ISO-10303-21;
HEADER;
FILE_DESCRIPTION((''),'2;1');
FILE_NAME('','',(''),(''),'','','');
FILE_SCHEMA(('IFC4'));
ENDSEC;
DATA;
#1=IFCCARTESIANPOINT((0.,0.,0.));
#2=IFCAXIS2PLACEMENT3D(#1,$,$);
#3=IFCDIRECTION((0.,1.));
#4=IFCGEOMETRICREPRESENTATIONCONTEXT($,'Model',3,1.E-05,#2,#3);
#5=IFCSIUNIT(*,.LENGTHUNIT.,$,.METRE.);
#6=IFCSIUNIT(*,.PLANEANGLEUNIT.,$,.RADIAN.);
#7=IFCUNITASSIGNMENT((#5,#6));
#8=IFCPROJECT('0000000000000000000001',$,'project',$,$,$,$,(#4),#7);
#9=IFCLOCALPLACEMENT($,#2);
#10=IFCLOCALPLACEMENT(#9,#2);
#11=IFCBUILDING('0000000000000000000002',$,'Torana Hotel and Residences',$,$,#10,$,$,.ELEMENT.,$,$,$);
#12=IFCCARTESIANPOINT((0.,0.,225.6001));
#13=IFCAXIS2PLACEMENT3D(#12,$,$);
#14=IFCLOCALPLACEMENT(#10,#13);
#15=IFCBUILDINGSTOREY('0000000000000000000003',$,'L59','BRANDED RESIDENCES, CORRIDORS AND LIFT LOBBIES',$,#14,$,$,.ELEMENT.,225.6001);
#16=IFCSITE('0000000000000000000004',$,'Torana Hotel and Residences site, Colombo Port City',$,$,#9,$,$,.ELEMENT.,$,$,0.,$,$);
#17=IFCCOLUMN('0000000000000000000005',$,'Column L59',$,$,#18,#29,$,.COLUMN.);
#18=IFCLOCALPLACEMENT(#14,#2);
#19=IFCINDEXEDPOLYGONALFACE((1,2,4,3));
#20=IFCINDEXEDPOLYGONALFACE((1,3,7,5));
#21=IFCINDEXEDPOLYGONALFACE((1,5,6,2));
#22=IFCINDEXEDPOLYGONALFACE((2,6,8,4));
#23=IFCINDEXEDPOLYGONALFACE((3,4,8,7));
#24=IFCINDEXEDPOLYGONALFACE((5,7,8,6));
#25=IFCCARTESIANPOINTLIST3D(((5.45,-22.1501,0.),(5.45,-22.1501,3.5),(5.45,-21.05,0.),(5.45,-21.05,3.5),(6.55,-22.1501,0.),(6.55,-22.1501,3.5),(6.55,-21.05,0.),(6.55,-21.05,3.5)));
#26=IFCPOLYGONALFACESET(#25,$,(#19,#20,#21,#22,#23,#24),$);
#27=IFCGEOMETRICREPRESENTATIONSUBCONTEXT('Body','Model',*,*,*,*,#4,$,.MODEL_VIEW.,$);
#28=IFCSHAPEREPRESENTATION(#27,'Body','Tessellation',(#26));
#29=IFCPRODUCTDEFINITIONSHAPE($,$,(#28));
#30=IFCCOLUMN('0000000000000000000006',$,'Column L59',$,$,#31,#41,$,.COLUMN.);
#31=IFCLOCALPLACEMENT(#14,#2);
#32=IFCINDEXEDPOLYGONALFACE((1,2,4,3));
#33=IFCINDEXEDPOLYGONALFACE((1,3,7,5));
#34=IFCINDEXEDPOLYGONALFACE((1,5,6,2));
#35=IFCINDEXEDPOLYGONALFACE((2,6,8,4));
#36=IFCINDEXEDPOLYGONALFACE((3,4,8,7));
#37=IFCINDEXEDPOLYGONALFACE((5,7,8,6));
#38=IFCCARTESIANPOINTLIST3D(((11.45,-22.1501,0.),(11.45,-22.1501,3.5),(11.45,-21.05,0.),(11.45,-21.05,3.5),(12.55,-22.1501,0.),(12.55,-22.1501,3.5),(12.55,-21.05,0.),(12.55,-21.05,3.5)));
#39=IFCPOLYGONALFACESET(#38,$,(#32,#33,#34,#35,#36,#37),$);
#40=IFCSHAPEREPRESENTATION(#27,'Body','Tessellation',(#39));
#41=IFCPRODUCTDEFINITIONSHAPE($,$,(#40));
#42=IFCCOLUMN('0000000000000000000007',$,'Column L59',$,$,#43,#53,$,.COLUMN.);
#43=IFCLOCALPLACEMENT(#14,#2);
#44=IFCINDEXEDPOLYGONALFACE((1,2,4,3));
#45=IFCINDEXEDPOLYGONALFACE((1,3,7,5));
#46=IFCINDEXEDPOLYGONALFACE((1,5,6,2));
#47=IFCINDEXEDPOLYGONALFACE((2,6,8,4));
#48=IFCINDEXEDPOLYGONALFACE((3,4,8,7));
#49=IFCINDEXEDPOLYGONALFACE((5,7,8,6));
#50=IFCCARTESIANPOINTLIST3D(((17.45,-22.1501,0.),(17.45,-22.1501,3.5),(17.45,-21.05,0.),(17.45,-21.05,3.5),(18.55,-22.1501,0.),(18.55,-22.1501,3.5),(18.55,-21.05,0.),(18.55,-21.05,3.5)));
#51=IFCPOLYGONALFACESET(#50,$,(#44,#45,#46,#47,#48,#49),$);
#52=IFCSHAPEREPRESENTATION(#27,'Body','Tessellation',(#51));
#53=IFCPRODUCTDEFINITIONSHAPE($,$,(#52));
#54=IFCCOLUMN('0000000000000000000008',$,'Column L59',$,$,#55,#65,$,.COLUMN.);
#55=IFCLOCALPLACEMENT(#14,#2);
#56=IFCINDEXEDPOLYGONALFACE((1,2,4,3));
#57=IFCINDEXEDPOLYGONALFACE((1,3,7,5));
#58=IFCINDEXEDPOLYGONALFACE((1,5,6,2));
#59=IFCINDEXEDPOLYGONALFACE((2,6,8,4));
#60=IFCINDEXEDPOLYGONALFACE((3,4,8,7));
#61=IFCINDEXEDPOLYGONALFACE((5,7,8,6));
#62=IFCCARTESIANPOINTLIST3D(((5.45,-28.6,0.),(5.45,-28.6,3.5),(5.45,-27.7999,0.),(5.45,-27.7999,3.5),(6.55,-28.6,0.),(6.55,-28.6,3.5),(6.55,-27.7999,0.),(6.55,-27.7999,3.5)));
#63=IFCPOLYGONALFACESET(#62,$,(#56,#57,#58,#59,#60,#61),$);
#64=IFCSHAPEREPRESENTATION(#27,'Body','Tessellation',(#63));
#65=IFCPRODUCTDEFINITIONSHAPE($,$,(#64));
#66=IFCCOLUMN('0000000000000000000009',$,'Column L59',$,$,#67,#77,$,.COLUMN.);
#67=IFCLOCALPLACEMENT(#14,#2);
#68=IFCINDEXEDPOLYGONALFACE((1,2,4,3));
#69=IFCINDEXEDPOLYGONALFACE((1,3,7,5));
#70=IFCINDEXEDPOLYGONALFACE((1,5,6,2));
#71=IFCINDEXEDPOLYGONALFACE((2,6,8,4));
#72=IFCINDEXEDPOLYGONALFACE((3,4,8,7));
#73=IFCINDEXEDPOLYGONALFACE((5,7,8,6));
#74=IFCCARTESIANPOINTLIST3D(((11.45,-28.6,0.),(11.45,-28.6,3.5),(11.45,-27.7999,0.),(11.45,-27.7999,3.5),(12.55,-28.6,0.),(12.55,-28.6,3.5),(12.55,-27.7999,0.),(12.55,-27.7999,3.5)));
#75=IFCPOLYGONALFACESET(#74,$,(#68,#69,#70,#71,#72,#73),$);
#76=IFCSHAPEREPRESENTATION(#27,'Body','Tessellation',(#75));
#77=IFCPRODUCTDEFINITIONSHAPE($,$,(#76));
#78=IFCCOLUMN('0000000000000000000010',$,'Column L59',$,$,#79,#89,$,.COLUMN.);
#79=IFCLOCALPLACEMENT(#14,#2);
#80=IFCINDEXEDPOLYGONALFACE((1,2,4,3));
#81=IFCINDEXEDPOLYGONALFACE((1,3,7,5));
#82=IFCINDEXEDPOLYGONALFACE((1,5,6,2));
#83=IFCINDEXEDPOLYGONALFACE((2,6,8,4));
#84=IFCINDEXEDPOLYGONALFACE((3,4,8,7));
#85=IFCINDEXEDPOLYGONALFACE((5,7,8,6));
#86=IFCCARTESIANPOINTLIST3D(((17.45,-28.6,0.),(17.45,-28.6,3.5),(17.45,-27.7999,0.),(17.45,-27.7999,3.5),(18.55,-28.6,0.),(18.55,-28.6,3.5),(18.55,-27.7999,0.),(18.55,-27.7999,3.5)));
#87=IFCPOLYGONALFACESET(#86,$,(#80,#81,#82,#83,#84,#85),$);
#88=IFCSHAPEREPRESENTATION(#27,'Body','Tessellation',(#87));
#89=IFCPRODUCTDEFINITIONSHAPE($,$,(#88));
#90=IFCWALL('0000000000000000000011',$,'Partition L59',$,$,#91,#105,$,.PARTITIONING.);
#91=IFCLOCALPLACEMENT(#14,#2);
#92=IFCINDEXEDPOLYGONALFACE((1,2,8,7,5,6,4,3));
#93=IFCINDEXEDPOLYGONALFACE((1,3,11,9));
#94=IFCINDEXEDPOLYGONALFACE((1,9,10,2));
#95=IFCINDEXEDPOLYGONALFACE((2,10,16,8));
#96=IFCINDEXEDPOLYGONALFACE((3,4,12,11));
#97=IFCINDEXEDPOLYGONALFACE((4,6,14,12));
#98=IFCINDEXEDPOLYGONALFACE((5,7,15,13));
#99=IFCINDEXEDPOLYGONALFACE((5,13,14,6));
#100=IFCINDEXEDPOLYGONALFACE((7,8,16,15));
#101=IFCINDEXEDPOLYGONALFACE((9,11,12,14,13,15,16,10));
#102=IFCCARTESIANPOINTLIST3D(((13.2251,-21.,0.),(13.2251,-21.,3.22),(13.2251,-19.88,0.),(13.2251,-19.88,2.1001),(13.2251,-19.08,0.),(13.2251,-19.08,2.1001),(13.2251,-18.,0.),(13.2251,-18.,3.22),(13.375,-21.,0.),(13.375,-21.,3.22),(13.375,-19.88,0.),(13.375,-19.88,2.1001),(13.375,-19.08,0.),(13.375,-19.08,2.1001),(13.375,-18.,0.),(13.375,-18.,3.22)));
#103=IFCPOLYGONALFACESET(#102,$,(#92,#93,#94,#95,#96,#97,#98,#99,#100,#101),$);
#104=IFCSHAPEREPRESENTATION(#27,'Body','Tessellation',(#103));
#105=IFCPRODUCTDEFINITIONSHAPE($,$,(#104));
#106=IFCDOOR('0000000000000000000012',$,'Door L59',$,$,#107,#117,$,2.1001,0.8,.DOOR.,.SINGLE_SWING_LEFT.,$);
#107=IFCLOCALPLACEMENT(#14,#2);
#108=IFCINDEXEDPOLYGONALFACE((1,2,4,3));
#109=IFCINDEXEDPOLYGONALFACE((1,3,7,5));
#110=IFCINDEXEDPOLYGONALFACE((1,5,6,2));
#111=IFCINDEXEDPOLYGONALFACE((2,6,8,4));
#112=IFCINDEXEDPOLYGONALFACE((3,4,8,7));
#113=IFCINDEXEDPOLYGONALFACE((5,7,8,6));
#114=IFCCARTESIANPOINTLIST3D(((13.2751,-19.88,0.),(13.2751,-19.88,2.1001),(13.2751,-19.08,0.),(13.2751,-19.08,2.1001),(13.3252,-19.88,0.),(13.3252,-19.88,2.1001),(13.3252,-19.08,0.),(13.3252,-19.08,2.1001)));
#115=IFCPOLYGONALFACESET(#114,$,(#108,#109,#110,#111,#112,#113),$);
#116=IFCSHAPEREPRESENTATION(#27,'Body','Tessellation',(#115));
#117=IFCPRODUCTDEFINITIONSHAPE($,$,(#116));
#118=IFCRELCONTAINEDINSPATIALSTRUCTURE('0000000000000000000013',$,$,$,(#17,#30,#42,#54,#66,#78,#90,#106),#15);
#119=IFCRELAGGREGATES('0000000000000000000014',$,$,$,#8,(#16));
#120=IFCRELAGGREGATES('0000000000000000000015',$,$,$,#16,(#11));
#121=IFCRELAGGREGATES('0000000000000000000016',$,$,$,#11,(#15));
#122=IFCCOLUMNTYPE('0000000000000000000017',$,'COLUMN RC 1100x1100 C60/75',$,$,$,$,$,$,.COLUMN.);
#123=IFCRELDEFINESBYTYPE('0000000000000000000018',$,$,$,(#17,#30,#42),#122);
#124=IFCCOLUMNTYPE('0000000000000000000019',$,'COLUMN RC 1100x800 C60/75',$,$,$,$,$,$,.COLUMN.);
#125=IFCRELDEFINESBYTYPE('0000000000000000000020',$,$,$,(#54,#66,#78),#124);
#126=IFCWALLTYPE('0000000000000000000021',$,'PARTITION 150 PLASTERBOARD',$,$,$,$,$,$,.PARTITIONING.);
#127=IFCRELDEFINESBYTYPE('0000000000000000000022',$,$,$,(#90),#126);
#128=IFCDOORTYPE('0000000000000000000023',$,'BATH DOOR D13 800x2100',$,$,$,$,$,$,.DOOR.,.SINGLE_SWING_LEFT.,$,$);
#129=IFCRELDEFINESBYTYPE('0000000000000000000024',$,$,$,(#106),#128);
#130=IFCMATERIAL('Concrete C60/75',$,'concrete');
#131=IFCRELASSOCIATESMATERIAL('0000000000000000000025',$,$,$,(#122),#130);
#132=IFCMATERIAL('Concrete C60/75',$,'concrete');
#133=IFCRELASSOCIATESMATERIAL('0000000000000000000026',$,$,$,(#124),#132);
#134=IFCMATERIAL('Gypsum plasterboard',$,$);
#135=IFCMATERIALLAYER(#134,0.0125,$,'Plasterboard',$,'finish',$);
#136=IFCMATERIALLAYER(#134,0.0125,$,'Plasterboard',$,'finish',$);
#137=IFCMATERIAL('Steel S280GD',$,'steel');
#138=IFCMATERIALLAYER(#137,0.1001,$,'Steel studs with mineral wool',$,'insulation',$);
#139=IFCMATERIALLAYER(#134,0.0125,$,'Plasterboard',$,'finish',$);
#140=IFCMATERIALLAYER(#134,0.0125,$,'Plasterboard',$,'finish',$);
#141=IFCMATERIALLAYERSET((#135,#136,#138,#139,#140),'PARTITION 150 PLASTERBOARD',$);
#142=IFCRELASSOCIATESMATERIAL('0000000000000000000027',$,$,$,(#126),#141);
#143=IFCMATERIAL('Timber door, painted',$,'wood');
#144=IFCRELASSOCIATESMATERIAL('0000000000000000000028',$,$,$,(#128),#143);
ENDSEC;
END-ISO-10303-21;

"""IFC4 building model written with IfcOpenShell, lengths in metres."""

from ifc_helpers import new_model, si_unit, direction, frame, frame_2d, origin, origin_2d, place, context, subcontext, project, spatial, rectangle, extrude, material, layer, layer_set, material_profile, profile_set, type_object, element, fill, save


model = new_model("IFC4")

# Units and contexts
model_context = context("Model", 3, precision=1e-05, world=origin(), true_north=direction((0.0, 1.0)))
body_context = subcontext(model_context, "Body", "Model", "MODEL_VIEW")
ifc_project = project(units=[si_unit("LENGTHUNIT", "METRE"), si_unit("PLANEANGLEUNIT", "RADIAN")], contexts=[model_context])

# Site, building, storey
site_placement = place(None, origin())
site = spatial("IfcSite", under=ifc_project, at=site_placement, Name="Torana Hotel and Residences site, Colombo Port City", CompositionType="ELEMENT", RefElevation=0.0)
building_placement = place(site_placement, origin())
building = spatial("IfcBuilding", under=site, at=building_placement, Name="Torana Hotel and Residences", CompositionType="ELEMENT")
storey_placement = place(building_placement, frame((0.0, 0.0, 225.6001)))
storey = spatial("IfcBuildingStorey", under=building, at=storey_placement, Name="L59", Description="BRANDED RESIDENCES, CORRIDORS AND LIFT LOBBIES", CompositionType="ELEMENT", Elevation=225.6001)

# Columns
ifc_material_1 = material(Name="Concrete C60/75", Category="concrete")
ifc_material_profile_1 = material_profile(ifc_material_1, rectangle(XDim=1.1001, YDim=1.1001, at=origin_2d()), Name="RC 1100x1100")
ifc_profile_set_1 = profile_set([ifc_material_profile_1], Name="Concrete C60/75")
column_type_1 = type_object("IfcColumnType", Name="COLUMN RC 1100x1100 C60/75", PredefinedType="COLUMN", material=ifc_profile_set_1)
for number, where, z_axis, x_axis, name in (
    (1, (6.0, -21.6001, 0.0), (0.0, 0.0, 1.0), (1.0, 0.0, 0.0), "Column L59"),
    (2, (12.0, -21.6001, 0.0), (0.0, 0.0, 1.0), (1.0, 0.0, 0.0), "Column L59"),
    (3, (18.0, -21.6001, 0.0), (0.0, 0.0, 1.0), (1.0, 0.0, 0.0), "Column L59"),
):
    element("IfcColumn", number, at=place(storey_placement, frame(where, z_axis=z_axis, x_axis=x_axis)), inside=storey, type_object=column_type_1, Name=name, PredefinedType="COLUMN", context=body_context, shape_type="SweptSolid", body=[
        extrude(rectangle(XDim=1.1001, YDim=1.1001, at=origin_2d()), origin(), (0.0, 0.0, 1.0), 3.5),
    ])
ifc_material_2 = material(Name="Concrete C60/75", Category="concrete")
ifc_material_profile_2 = material_profile(ifc_material_2, rectangle(XDim=1.1001, YDim=0.8, at=origin_2d()), Name="RC 1100x800")
ifc_profile_set_2 = profile_set([ifc_material_profile_2], Name="Concrete C60/75")
column_type_2 = type_object("IfcColumnType", Name="COLUMN RC 1100x800 C60/75", PredefinedType="COLUMN", material=ifc_profile_set_2)
for number, where, z_axis, x_axis, name in (
    (4, (6.0, -28.2, 0.0), (0.0, 0.0, 1.0), (1.0, 0.0, 0.0), "Column L59"),
    (5, (12.0, -28.2, 0.0), (0.0, 0.0, 1.0), (1.0, 0.0, 0.0), "Column L59"),
    (6, (18.0, -28.2, 0.0), (0.0, 0.0, 1.0), (1.0, 0.0, 0.0), "Column L59"),
):
    element("IfcColumn", number, at=place(storey_placement, frame(where, z_axis=z_axis, x_axis=x_axis)), inside=storey, type_object=column_type_2, Name=name, PredefinedType="COLUMN", context=body_context, shape_type="SweptSolid", body=[
        extrude(rectangle(XDim=1.1001, YDim=0.8, at=origin_2d()), origin(), (0.0, 0.0, 1.0), 3.5),
    ])

# Wall, opening, door
ifc_material_3 = material(Name="Gypsum plasterboard")
ifc_layer_1 = layer(ifc_material_3, 0.0125, Name="Plasterboard", Category="finish")
ifc_layer_2 = layer(ifc_material_3, 0.0125, Name="Plasterboard", Category="finish")
ifc_material_4 = material(Name="Steel S280GD", Category="steel")
ifc_layer_3 = layer(ifc_material_4, 0.1001, Name="Steel studs with mineral wool", Category="insulation")
ifc_layer_4 = layer(ifc_material_3, 0.0125, Name="Plasterboard", Category="finish")
ifc_layer_5 = layer(ifc_material_3, 0.0125, Name="Plasterboard", Category="finish")
ifc_layer_set = layer_set([ifc_layer_1, ifc_layer_2, ifc_layer_3, ifc_layer_4, ifc_layer_5], Name="PARTITION 150 PLASTERBOARD")
wall_type = type_object("IfcWallType", Name="PARTITION 150 PLASTERBOARD", PredefinedType="PARTITIONING", material=ifc_layer_set)
wall_placement = place(storey_placement, frame((13.3, -21.0, 0.0), z_axis=(0.0, 0.0, 1.0), x_axis=(0.0, 1.0, 0.0)))
wall = element("IfcWall", 7, at=wall_placement, inside=storey, type_object=wall_type, Name="Partition L59", PredefinedType="PARTITIONING", context=body_context, shape_type="SweptSolid", body=[
    extrude(rectangle(XDim=3.0, YDim=0.1499, at=frame_2d((1.5, 0.0))), origin(), (0.0, 0.0, 1.0), 3.22),
])
opening_placement = place(wall_placement, frame((1.1201, 0.0, 0.0)))
opening = element("IfcOpeningElement", 8, at=opening_placement, cuts=wall, PredefinedType="OPENING", context=body_context, shape_type="SweptSolid", body=[
    extrude(rectangle(XDim=0.8, YDim=2.1001, at=frame_2d((0.3999, 1.05))), frame((0.0, 0.085, 0.0), z_axis=(0.0, -1.0, 0.0), x_axis=(1.0, 0.0, 0.0)), (0.0, 0.0, 1.0), 0.1699),
])
ifc_material_5 = material(Name="Timber door, painted", Category="wood")
door_type = type_object("IfcDoorType", Name="BATH DOOR D13 800x2100", OperationType="SINGLE_SWING_LEFT", PredefinedType="DOOR", material=ifc_material_5)
door_placement = place(opening_placement, origin())
door = element("IfcDoor", 9, at=door_placement, inside=storey, type_object=door_type, Name="Door L59", OperationType="SINGLE_SWING_LEFT", OverallHeight=2.1001, OverallWidth=0.8, PredefinedType="DOOR", context=body_context, shape_type="SweptSolid", body=[
    extrude(rectangle(XDim=0.8, YDim=2.1001, at=frame_2d((0.3999, 1.05))), frame((0.0, 0.0249, 0.0), z_axis=(0.0, -1.0, 0.0), x_axis=(1.0, 0.0, 0.0)), (0.0, 0.0, 1.0), 0.05),
])
fill(opening, door)

save(model, "model.ifc")
